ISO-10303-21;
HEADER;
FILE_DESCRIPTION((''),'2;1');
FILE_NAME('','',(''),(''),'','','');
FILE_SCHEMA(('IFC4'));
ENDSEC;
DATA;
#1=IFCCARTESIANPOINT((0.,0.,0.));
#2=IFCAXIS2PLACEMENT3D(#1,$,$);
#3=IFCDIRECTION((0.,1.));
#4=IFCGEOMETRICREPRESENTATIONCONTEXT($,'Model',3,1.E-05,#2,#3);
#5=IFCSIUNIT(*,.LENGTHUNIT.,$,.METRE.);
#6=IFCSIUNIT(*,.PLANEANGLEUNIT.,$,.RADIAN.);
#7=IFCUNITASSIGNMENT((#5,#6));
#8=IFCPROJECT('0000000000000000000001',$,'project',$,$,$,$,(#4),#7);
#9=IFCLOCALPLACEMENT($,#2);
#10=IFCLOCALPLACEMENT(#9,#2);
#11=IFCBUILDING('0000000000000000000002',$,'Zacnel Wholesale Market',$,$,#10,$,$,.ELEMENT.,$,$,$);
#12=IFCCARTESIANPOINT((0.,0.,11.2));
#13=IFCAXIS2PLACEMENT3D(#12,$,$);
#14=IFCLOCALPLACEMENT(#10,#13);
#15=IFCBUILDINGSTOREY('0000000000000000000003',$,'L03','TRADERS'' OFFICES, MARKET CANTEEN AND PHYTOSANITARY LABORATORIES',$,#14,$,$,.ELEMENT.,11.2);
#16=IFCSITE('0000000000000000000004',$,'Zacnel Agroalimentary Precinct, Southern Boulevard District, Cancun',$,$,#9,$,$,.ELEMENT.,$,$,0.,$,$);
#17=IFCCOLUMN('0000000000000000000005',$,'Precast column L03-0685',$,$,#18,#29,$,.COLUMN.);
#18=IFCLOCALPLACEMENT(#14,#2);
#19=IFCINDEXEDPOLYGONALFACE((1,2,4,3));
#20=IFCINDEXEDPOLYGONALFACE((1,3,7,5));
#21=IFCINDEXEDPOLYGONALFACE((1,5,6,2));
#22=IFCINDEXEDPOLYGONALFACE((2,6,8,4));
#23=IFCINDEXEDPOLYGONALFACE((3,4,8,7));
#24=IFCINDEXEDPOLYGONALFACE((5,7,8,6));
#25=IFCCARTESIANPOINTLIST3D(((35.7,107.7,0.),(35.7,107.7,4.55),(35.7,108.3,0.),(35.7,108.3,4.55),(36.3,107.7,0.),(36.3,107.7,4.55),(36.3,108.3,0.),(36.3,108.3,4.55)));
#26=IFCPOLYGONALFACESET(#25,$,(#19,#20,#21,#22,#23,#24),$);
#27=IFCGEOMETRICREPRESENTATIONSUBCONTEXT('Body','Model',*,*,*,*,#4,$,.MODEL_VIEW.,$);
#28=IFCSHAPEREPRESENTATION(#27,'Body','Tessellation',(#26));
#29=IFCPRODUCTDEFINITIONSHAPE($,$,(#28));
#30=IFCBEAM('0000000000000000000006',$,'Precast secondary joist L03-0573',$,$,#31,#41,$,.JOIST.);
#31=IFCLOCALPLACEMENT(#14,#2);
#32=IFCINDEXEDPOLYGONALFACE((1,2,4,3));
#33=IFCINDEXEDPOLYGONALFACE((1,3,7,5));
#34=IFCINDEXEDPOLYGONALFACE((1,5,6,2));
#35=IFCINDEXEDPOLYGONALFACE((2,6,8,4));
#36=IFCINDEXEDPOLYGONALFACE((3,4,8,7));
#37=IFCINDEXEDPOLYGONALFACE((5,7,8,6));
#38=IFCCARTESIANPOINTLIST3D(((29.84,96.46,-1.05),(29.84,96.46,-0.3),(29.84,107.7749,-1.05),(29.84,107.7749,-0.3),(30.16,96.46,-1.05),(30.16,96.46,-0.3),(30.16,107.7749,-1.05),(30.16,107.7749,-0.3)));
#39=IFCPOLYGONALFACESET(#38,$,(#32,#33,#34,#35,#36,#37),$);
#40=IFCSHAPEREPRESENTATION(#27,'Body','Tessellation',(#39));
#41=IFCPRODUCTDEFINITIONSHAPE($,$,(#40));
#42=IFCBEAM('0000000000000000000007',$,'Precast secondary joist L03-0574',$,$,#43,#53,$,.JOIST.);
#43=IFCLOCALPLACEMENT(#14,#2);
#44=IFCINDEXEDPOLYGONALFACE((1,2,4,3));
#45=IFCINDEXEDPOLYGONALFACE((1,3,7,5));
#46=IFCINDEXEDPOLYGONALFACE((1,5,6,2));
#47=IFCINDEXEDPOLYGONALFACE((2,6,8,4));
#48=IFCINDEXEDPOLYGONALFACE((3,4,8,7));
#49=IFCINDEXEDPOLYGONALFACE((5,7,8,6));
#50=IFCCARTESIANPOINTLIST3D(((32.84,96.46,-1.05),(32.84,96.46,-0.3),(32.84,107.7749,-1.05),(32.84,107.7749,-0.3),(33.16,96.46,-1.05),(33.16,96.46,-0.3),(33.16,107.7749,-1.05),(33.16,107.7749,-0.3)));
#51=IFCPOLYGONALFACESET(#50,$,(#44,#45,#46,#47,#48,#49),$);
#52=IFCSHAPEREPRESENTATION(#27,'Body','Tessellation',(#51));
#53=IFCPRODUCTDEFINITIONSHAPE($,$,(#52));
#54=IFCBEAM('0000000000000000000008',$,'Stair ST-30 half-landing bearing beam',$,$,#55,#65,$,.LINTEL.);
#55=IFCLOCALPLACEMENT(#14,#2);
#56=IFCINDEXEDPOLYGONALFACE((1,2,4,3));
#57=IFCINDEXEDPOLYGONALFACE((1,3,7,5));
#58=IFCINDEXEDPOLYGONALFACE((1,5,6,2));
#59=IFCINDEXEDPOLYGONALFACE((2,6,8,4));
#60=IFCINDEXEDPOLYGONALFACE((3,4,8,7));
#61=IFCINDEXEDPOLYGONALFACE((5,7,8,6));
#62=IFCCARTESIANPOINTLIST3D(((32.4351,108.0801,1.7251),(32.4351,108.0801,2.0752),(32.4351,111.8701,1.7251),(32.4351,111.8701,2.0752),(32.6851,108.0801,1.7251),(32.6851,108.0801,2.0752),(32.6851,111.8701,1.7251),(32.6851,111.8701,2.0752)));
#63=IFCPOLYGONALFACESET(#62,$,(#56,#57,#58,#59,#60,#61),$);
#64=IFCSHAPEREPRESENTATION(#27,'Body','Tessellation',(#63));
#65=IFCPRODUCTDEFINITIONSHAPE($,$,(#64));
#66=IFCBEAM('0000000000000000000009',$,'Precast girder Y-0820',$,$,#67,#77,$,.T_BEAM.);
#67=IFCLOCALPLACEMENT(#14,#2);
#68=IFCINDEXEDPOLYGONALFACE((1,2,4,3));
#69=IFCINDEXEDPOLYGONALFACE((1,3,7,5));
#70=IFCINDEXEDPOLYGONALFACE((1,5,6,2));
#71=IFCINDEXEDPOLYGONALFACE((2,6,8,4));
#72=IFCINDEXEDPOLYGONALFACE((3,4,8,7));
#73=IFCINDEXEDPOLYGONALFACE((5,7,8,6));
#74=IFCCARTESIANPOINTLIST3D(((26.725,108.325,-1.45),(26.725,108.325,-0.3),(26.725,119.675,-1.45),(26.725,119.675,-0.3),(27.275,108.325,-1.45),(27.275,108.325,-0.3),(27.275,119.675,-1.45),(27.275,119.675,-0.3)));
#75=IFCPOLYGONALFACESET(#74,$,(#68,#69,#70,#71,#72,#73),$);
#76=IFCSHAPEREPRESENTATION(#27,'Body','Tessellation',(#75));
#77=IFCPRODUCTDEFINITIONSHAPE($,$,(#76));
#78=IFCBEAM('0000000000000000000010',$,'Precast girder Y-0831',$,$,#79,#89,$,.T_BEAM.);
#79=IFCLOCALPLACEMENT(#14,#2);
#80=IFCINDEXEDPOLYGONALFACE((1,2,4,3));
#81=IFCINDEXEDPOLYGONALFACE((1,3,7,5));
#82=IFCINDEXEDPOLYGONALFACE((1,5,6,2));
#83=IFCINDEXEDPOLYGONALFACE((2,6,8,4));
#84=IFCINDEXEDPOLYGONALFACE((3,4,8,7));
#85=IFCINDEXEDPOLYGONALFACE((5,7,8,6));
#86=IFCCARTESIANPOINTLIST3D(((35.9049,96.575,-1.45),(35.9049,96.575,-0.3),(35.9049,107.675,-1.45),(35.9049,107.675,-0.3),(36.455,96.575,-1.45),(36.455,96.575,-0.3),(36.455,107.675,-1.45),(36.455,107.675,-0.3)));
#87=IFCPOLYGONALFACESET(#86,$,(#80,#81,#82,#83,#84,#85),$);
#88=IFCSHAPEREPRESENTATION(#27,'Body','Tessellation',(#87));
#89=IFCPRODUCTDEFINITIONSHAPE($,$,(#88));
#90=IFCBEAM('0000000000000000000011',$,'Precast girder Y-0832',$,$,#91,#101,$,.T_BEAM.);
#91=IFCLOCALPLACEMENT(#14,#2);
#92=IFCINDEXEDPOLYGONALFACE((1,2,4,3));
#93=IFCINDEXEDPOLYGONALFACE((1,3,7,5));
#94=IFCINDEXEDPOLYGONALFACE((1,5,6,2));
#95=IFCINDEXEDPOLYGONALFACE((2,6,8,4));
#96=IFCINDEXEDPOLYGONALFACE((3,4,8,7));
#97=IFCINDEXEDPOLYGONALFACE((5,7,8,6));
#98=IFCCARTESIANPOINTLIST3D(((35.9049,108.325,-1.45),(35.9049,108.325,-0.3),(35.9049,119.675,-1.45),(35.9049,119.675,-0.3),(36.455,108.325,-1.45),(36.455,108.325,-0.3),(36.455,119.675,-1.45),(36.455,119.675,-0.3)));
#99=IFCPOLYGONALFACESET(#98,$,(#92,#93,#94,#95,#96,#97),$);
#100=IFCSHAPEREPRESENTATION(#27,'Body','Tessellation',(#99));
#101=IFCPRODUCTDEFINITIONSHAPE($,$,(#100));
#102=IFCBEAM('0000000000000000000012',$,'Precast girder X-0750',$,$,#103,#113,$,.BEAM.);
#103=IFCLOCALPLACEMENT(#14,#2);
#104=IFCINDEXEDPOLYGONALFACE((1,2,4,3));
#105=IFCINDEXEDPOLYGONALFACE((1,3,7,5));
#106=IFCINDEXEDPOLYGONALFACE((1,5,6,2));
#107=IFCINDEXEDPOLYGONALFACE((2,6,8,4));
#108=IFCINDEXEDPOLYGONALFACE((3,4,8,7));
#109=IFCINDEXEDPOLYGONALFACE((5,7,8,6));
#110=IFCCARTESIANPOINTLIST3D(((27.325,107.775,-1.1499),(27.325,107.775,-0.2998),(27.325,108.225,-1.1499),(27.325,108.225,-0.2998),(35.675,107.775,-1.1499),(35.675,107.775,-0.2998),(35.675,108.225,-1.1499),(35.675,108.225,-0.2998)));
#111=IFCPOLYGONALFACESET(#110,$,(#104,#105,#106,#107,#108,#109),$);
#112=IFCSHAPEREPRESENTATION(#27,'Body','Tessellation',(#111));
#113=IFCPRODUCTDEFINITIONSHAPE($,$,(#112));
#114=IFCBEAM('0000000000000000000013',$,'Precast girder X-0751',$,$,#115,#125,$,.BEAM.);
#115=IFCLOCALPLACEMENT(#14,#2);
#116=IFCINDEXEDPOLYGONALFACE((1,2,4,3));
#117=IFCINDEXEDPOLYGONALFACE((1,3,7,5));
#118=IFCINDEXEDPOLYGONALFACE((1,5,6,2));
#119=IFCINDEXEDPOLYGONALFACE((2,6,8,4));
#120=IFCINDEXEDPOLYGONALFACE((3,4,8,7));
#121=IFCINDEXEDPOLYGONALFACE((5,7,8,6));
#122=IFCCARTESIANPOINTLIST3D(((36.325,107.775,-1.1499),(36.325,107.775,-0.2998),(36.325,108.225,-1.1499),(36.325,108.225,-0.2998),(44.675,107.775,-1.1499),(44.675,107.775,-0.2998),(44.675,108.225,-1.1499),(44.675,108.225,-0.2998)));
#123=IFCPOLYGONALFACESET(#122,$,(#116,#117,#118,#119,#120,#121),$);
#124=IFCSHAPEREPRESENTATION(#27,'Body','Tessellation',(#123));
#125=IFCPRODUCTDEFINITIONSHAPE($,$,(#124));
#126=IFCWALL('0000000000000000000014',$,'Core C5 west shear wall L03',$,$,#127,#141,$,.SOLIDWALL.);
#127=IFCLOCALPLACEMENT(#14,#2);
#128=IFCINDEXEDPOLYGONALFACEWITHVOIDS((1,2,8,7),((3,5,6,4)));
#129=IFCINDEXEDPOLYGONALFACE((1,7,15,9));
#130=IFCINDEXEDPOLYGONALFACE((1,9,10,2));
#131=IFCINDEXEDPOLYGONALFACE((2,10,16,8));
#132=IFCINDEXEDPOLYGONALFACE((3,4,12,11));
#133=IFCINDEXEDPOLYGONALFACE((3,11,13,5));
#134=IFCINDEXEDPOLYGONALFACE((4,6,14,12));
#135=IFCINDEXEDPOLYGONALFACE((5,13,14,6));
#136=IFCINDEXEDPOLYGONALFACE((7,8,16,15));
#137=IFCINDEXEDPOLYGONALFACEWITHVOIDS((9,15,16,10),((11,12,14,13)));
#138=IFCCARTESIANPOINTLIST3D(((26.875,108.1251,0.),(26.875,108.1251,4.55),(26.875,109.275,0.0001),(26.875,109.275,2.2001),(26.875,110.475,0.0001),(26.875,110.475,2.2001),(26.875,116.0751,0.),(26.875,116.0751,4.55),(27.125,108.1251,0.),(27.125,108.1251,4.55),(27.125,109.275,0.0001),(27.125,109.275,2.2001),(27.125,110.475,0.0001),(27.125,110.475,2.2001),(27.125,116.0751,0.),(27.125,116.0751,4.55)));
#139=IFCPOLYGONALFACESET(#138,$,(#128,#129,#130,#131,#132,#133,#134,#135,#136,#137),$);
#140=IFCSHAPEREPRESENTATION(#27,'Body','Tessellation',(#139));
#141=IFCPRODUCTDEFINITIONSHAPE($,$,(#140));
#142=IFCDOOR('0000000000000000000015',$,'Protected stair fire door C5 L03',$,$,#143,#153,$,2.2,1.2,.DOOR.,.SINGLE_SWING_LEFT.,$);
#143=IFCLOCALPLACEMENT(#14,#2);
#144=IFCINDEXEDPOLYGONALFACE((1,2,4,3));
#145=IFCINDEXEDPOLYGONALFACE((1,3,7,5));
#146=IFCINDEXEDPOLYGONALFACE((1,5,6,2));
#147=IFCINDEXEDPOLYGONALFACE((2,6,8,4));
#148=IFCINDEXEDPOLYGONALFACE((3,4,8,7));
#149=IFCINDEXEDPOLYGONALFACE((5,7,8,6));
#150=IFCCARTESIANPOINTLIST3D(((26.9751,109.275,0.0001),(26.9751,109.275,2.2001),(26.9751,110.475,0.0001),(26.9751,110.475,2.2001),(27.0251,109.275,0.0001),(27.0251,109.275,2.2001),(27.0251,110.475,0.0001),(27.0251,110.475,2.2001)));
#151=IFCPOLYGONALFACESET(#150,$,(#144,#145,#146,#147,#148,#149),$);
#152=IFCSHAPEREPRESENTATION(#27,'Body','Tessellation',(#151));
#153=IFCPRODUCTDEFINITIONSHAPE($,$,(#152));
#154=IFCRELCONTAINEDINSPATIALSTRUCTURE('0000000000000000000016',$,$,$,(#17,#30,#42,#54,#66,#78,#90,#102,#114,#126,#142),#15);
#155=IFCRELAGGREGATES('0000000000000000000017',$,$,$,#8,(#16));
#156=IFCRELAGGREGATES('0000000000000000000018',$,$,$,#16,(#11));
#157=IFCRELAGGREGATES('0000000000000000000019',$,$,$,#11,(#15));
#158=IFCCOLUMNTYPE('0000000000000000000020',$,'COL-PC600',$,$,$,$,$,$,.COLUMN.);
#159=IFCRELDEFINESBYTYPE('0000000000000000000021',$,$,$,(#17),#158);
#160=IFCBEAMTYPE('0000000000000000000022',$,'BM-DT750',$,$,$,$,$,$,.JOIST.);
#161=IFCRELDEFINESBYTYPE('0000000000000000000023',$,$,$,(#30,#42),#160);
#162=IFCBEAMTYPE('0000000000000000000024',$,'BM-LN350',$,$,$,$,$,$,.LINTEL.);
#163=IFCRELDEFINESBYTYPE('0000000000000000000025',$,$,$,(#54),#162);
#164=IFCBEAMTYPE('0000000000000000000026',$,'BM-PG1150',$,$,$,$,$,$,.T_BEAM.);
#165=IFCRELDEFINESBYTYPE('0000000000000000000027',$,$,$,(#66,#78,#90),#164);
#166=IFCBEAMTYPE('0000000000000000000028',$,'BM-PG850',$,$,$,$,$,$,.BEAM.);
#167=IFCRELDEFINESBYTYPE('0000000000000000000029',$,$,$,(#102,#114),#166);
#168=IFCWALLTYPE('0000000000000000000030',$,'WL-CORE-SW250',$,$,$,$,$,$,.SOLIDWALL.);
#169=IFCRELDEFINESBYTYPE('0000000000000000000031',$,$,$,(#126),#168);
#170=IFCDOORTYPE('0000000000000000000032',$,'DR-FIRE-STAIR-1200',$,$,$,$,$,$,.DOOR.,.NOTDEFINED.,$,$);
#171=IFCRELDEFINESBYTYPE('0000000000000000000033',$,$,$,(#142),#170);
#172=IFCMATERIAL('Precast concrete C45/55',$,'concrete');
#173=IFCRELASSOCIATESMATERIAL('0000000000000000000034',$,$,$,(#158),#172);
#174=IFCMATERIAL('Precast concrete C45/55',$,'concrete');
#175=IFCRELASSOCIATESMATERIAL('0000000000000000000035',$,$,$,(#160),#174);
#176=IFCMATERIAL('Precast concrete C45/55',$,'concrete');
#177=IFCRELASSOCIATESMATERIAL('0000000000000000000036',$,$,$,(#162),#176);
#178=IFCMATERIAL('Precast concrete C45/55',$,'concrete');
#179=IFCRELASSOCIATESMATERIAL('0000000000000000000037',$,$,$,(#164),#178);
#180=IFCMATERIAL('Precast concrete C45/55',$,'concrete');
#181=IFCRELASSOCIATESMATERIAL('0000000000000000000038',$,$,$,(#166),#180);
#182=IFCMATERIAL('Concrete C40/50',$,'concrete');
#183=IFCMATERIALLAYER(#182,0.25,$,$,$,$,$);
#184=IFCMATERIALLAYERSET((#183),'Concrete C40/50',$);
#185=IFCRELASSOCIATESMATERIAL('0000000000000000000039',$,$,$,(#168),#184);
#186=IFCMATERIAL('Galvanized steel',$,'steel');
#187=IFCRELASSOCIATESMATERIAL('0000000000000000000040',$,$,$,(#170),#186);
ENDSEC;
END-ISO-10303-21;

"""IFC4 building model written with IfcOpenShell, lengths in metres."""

from ifc_helpers import new_model, si_unit, direction, frame, frame_2d, origin, origin_2d, place, context, subcontext, project, spatial, rectangle, extrude, material, layer, layer_set, material_profile, profile_set, type_object, element, fill, save


model = new_model("IFC4")

# Units and contexts
model_context = context("Model", 3, precision=1e-05, world=origin(), true_north=direction((0.0, 1.0)))
body_context = subcontext(model_context, "Body", "Model", "MODEL_VIEW")
ifc_project = project(units=[si_unit("LENGTHUNIT", "METRE"), si_unit("PLANEANGLEUNIT", "RADIAN")], contexts=[model_context])

# Site, building, storey
site_placement = place(None, origin())
site = spatial("IfcSite", under=ifc_project, at=site_placement, Name="Zacnel Agroalimentary Precinct, Southern Boulevard District, Cancun", CompositionType="ELEMENT", RefElevation=0.0)
building_placement = place(site_placement, origin())
building = spatial("IfcBuilding", under=site, at=building_placement, Name="Zacnel Wholesale Market", CompositionType="ELEMENT")
storey_placement = place(building_placement, frame((0.0, 0.0, 11.2)))
storey = spatial("IfcBuildingStorey", under=building, at=storey_placement, Name="L03", Description="TRADERS' OFFICES, MARKET CANTEEN AND PHYTOSANITARY LABORATORIES", CompositionType="ELEMENT", Elevation=11.2)

# Column
ifc_material_1 = material(Name="Precast concrete C45/55", Category="concrete")
ifc_material_profile_1 = material_profile(ifc_material_1, rectangle(XDim=0.6001, YDim=0.6001, at=origin_2d()), Name="PC 600x600")
ifc_profile_set_1 = profile_set([ifc_material_profile_1], Name="Precast concrete C45/55")
column_type = type_object("IfcColumnType", Name="COL-PC600", PredefinedType="COLUMN", material=ifc_profile_set_1)
column_placement = place(storey_placement, frame((36.0, 108.0, 0.0), z_axis=(0.0, 0.0, 1.0), x_axis=(1.0, 0.0, 0.0)))
element("IfcColumn", 1, at=column_placement, inside=storey, type_object=column_type, Name="Precast column L03-0685", PredefinedType="COLUMN", context=body_context, shape_type="SweptSolid", body=[
    extrude(rectangle(XDim=0.6001, YDim=0.6001, at=origin_2d()), origin(), (0.0, 0.0, 1.0), 4.55),
])

# Beams
ifc_material_2 = material(Name="Precast concrete C45/55", Category="concrete")
ifc_material_profile_2 = material_profile(ifc_material_2, rectangle(XDim=0.3201, YDim=0.75, at=origin_2d()), Name="DT RIB 320x750")
ifc_profile_set_2 = profile_set([ifc_material_profile_2], Name="Precast concrete C45/55")
beam_type_1 = type_object("IfcBeamType", Name="BM-DT750", PredefinedType="JOIST", material=ifc_profile_set_2)
for number, where, z_axis, x_axis, name in (
    (2, (30.0, 96.46, -0.675), (0.0, 1.0, 0.0), (-1.0, 0.0, 0.0), "Precast secondary joist L03-0573"),
    (3, (33.0, 96.46, -0.675), (0.0, 1.0, 0.0), (-1.0, 0.0, 0.0), "Precast secondary joist L03-0574"),
):
    element("IfcBeam", number, at=place(storey_placement, frame(where, z_axis=z_axis, x_axis=x_axis)), inside=storey, type_object=beam_type_1, Name=name, PredefinedType="JOIST", context=body_context, shape_type="SweptSolid", body=[
        extrude(rectangle(XDim=0.3201, YDim=0.75, at=origin_2d()), origin(), (0.0, 0.0, 1.0), 11.3149),
    ])
ifc_material_3 = material(Name="Precast concrete C45/55", Category="concrete")
ifc_material_profile_3 = material_profile(ifc_material_3, rectangle(XDim=0.25, YDim=0.3501, at=origin_2d()), Name="LN 250x350")
ifc_profile_set_3 = profile_set([ifc_material_profile_3], Name="Precast concrete C45/55")
beam_type_2 = type_object("IfcBeamType", Name="BM-LN350", PredefinedType="LINTEL", material=ifc_profile_set_3)
beam_1_placement = place(storey_placement, frame((32.5601, 108.0801, 1.9001), z_axis=(0.0, 1.0, 0.0), x_axis=(-1.0, 0.0, 0.0)))
element("IfcBeam", 4, at=beam_1_placement, inside=storey, type_object=beam_type_2, Name="Stair ST-30 half-landing bearing beam", PredefinedType="LINTEL", context=body_context, shape_type="SweptSolid", body=[
    extrude(rectangle(XDim=0.25, YDim=0.3501, at=origin_2d()), origin(), (0.0, 0.0, 1.0), 3.79),
])
ifc_material_4 = material(Name="Precast concrete C45/55", Category="concrete")
ifc_material_profile_4 = material_profile(ifc_material_4, rectangle(XDim=0.55, YDim=1.1499, at=origin_2d()), Name="PG 550x1150")
ifc_profile_set_4 = profile_set([ifc_material_profile_4], Name="Precast concrete C45/55")
beam_type_3 = type_object("IfcBeamType", Name="BM-PG1150", PredefinedType="T_BEAM", material=ifc_profile_set_4)
beam_2_placement = place(storey_placement, frame((27.0, 108.325, -0.875), z_axis=(0.0, 1.0, 0.0), x_axis=(-1.0, 0.0, 0.0)))
element("IfcBeam", 5, at=beam_2_placement, inside=storey, type_object=beam_type_3, Name="Precast girder Y-0820", PredefinedType="T_BEAM", context=body_context, shape_type="SweptSolid", body=[
    extrude(rectangle(XDim=0.55, YDim=1.1499, at=origin_2d()), origin(), (0.0, 0.0, 1.0), 11.3501),
])
beam_3_placement = place(storey_placement, frame((36.1799, 96.575, -0.875), z_axis=(0.0, 1.0, 0.0), x_axis=(-1.0, 0.0, 0.0)))
element("IfcBeam", 6, at=beam_3_placement, inside=storey, type_object=beam_type_3, Name="Precast girder Y-0831", PredefinedType="T_BEAM", context=body_context, shape_type="SweptSolid", body=[
    extrude(rectangle(XDim=0.55, YDim=1.1499, at=origin_2d()), origin(), (0.0, 0.0, 1.0), 11.1001),
])
beam_4_placement = place(storey_placement, frame((36.1799, 108.325, -0.875), z_axis=(0.0, 1.0, 0.0), x_axis=(-1.0, 0.0, 0.0)))
element("IfcBeam", 7, at=beam_4_placement, inside=storey, type_object=beam_type_3, Name="Precast girder Y-0832", PredefinedType="T_BEAM", context=body_context, shape_type="SweptSolid", body=[
    extrude(rectangle(XDim=0.55, YDim=1.1499, at=origin_2d()), origin(), (0.0, 0.0, 1.0), 11.3501),
])
ifc_material_5 = material(Name="Precast concrete C45/55", Category="concrete")
ifc_material_profile_5 = material_profile(ifc_material_5, rectangle(XDim=0.45, YDim=0.8501, at=origin_2d()), Name="PG 450x850")
ifc_profile_set_5 = profile_set([ifc_material_profile_5], Name="Precast concrete C45/55")
beam_type_4 = type_object("IfcBeamType", Name="BM-PG850", PredefinedType="BEAM", material=ifc_profile_set_5)
for number, where, z_axis, x_axis, name in (
    (8, (27.325, 108.0, -0.7249), (1.0, 0.0, 0.0), (0.0, 1.0, 0.0), "Precast girder X-0750"),
    (9, (36.325, 108.0, -0.7249), (1.0, 0.0, 0.0), (0.0, 1.0, 0.0), "Precast girder X-0751"),
):
    element("IfcBeam", number, at=place(storey_placement, frame(where, z_axis=z_axis, x_axis=x_axis)), inside=storey, type_object=beam_type_4, Name=name, PredefinedType="BEAM", context=body_context, shape_type="SweptSolid", body=[
        extrude(rectangle(XDim=0.45, YDim=0.8501, at=origin_2d()), origin(), (0.0, 0.0, 1.0), 8.3501),
    ])

# Wall, opening, door
ifc_material_6 = material(Name="Concrete C40/50", Category="concrete")
ifc_layer_1 = layer(ifc_material_6, 0.25)
ifc_layer_set_1 = layer_set([ifc_layer_1], Name="Concrete C40/50")
wall_type_1 = type_object("IfcWallType", Name="WL-CORE-SW250", PredefinedType="SOLIDWALL", material=ifc_layer_set_1)
wall_1_placement = place(storey_placement, frame((27.0, 108.125, 0.0), z_axis=(0.0, 0.0, 1.0), x_axis=(0.0, 1.0, 0.0)))
wall_1 = element("IfcWall", 10, at=wall_1_placement, inside=storey, type_object=wall_type_1, Name="Core C5 west shear wall L03", PredefinedType="SOLIDWALL", context=body_context, shape_type="SweptSolid", body=[
    extrude(rectangle(XDim=7.95, YDim=0.25, at=frame_2d((3.9751, 0.0))), origin(), (0.0, 0.0, 1.0), 4.55),
])
opening_1_placement = place(wall_1_placement, frame((1.1499, 0.0, 0.0)))
opening_1 = element("IfcOpeningElement", 11, at=opening_1_placement, cuts=wall_1, PredefinedType="OPENING", context=body_context, shape_type="SweptSolid", body=[
    extrude(rectangle(XDim=1.2, YDim=2.2, at=frame_2d((0.6001, 1.1001))), frame((0.0, 0.135, 0.0), z_axis=(0.0, -1.0, 0.0), x_axis=(1.0, 0.0, 0.0)), (0.0, 0.0, 1.0), 0.27),
])
ifc_material_7 = material(Name="Galvanized steel", Category="steel")
door_type_1 = type_object("IfcDoorType", Name="DR-FIRE-STAIR-1200", OperationType="NOTDEFINED", PredefinedType="DOOR", material=ifc_material_7)
door_1_placement = place(opening_1_placement, origin())
door_1 = element("IfcDoor", 12, at=door_1_placement, inside=storey, type_object=door_type_1, Name="Protected stair fire door C5 L03", OperationType="SINGLE_SWING_LEFT", OverallHeight=2.2, OverallWidth=1.2, PredefinedType="DOOR", context=body_context, shape_type="SweptSolid", body=[
    extrude(rectangle(XDim=1.2, YDim=2.2, at=frame_2d((0.6001, 1.1001))), frame((0.0, 0.0249, 0.0), z_axis=(0.0, -1.0, 0.0), x_axis=(1.0, 0.0, 0.0)), (0.0, 0.0, 1.0), 0.05),
])
fill(opening_1, door_1)

save(model, "model.ifc")
